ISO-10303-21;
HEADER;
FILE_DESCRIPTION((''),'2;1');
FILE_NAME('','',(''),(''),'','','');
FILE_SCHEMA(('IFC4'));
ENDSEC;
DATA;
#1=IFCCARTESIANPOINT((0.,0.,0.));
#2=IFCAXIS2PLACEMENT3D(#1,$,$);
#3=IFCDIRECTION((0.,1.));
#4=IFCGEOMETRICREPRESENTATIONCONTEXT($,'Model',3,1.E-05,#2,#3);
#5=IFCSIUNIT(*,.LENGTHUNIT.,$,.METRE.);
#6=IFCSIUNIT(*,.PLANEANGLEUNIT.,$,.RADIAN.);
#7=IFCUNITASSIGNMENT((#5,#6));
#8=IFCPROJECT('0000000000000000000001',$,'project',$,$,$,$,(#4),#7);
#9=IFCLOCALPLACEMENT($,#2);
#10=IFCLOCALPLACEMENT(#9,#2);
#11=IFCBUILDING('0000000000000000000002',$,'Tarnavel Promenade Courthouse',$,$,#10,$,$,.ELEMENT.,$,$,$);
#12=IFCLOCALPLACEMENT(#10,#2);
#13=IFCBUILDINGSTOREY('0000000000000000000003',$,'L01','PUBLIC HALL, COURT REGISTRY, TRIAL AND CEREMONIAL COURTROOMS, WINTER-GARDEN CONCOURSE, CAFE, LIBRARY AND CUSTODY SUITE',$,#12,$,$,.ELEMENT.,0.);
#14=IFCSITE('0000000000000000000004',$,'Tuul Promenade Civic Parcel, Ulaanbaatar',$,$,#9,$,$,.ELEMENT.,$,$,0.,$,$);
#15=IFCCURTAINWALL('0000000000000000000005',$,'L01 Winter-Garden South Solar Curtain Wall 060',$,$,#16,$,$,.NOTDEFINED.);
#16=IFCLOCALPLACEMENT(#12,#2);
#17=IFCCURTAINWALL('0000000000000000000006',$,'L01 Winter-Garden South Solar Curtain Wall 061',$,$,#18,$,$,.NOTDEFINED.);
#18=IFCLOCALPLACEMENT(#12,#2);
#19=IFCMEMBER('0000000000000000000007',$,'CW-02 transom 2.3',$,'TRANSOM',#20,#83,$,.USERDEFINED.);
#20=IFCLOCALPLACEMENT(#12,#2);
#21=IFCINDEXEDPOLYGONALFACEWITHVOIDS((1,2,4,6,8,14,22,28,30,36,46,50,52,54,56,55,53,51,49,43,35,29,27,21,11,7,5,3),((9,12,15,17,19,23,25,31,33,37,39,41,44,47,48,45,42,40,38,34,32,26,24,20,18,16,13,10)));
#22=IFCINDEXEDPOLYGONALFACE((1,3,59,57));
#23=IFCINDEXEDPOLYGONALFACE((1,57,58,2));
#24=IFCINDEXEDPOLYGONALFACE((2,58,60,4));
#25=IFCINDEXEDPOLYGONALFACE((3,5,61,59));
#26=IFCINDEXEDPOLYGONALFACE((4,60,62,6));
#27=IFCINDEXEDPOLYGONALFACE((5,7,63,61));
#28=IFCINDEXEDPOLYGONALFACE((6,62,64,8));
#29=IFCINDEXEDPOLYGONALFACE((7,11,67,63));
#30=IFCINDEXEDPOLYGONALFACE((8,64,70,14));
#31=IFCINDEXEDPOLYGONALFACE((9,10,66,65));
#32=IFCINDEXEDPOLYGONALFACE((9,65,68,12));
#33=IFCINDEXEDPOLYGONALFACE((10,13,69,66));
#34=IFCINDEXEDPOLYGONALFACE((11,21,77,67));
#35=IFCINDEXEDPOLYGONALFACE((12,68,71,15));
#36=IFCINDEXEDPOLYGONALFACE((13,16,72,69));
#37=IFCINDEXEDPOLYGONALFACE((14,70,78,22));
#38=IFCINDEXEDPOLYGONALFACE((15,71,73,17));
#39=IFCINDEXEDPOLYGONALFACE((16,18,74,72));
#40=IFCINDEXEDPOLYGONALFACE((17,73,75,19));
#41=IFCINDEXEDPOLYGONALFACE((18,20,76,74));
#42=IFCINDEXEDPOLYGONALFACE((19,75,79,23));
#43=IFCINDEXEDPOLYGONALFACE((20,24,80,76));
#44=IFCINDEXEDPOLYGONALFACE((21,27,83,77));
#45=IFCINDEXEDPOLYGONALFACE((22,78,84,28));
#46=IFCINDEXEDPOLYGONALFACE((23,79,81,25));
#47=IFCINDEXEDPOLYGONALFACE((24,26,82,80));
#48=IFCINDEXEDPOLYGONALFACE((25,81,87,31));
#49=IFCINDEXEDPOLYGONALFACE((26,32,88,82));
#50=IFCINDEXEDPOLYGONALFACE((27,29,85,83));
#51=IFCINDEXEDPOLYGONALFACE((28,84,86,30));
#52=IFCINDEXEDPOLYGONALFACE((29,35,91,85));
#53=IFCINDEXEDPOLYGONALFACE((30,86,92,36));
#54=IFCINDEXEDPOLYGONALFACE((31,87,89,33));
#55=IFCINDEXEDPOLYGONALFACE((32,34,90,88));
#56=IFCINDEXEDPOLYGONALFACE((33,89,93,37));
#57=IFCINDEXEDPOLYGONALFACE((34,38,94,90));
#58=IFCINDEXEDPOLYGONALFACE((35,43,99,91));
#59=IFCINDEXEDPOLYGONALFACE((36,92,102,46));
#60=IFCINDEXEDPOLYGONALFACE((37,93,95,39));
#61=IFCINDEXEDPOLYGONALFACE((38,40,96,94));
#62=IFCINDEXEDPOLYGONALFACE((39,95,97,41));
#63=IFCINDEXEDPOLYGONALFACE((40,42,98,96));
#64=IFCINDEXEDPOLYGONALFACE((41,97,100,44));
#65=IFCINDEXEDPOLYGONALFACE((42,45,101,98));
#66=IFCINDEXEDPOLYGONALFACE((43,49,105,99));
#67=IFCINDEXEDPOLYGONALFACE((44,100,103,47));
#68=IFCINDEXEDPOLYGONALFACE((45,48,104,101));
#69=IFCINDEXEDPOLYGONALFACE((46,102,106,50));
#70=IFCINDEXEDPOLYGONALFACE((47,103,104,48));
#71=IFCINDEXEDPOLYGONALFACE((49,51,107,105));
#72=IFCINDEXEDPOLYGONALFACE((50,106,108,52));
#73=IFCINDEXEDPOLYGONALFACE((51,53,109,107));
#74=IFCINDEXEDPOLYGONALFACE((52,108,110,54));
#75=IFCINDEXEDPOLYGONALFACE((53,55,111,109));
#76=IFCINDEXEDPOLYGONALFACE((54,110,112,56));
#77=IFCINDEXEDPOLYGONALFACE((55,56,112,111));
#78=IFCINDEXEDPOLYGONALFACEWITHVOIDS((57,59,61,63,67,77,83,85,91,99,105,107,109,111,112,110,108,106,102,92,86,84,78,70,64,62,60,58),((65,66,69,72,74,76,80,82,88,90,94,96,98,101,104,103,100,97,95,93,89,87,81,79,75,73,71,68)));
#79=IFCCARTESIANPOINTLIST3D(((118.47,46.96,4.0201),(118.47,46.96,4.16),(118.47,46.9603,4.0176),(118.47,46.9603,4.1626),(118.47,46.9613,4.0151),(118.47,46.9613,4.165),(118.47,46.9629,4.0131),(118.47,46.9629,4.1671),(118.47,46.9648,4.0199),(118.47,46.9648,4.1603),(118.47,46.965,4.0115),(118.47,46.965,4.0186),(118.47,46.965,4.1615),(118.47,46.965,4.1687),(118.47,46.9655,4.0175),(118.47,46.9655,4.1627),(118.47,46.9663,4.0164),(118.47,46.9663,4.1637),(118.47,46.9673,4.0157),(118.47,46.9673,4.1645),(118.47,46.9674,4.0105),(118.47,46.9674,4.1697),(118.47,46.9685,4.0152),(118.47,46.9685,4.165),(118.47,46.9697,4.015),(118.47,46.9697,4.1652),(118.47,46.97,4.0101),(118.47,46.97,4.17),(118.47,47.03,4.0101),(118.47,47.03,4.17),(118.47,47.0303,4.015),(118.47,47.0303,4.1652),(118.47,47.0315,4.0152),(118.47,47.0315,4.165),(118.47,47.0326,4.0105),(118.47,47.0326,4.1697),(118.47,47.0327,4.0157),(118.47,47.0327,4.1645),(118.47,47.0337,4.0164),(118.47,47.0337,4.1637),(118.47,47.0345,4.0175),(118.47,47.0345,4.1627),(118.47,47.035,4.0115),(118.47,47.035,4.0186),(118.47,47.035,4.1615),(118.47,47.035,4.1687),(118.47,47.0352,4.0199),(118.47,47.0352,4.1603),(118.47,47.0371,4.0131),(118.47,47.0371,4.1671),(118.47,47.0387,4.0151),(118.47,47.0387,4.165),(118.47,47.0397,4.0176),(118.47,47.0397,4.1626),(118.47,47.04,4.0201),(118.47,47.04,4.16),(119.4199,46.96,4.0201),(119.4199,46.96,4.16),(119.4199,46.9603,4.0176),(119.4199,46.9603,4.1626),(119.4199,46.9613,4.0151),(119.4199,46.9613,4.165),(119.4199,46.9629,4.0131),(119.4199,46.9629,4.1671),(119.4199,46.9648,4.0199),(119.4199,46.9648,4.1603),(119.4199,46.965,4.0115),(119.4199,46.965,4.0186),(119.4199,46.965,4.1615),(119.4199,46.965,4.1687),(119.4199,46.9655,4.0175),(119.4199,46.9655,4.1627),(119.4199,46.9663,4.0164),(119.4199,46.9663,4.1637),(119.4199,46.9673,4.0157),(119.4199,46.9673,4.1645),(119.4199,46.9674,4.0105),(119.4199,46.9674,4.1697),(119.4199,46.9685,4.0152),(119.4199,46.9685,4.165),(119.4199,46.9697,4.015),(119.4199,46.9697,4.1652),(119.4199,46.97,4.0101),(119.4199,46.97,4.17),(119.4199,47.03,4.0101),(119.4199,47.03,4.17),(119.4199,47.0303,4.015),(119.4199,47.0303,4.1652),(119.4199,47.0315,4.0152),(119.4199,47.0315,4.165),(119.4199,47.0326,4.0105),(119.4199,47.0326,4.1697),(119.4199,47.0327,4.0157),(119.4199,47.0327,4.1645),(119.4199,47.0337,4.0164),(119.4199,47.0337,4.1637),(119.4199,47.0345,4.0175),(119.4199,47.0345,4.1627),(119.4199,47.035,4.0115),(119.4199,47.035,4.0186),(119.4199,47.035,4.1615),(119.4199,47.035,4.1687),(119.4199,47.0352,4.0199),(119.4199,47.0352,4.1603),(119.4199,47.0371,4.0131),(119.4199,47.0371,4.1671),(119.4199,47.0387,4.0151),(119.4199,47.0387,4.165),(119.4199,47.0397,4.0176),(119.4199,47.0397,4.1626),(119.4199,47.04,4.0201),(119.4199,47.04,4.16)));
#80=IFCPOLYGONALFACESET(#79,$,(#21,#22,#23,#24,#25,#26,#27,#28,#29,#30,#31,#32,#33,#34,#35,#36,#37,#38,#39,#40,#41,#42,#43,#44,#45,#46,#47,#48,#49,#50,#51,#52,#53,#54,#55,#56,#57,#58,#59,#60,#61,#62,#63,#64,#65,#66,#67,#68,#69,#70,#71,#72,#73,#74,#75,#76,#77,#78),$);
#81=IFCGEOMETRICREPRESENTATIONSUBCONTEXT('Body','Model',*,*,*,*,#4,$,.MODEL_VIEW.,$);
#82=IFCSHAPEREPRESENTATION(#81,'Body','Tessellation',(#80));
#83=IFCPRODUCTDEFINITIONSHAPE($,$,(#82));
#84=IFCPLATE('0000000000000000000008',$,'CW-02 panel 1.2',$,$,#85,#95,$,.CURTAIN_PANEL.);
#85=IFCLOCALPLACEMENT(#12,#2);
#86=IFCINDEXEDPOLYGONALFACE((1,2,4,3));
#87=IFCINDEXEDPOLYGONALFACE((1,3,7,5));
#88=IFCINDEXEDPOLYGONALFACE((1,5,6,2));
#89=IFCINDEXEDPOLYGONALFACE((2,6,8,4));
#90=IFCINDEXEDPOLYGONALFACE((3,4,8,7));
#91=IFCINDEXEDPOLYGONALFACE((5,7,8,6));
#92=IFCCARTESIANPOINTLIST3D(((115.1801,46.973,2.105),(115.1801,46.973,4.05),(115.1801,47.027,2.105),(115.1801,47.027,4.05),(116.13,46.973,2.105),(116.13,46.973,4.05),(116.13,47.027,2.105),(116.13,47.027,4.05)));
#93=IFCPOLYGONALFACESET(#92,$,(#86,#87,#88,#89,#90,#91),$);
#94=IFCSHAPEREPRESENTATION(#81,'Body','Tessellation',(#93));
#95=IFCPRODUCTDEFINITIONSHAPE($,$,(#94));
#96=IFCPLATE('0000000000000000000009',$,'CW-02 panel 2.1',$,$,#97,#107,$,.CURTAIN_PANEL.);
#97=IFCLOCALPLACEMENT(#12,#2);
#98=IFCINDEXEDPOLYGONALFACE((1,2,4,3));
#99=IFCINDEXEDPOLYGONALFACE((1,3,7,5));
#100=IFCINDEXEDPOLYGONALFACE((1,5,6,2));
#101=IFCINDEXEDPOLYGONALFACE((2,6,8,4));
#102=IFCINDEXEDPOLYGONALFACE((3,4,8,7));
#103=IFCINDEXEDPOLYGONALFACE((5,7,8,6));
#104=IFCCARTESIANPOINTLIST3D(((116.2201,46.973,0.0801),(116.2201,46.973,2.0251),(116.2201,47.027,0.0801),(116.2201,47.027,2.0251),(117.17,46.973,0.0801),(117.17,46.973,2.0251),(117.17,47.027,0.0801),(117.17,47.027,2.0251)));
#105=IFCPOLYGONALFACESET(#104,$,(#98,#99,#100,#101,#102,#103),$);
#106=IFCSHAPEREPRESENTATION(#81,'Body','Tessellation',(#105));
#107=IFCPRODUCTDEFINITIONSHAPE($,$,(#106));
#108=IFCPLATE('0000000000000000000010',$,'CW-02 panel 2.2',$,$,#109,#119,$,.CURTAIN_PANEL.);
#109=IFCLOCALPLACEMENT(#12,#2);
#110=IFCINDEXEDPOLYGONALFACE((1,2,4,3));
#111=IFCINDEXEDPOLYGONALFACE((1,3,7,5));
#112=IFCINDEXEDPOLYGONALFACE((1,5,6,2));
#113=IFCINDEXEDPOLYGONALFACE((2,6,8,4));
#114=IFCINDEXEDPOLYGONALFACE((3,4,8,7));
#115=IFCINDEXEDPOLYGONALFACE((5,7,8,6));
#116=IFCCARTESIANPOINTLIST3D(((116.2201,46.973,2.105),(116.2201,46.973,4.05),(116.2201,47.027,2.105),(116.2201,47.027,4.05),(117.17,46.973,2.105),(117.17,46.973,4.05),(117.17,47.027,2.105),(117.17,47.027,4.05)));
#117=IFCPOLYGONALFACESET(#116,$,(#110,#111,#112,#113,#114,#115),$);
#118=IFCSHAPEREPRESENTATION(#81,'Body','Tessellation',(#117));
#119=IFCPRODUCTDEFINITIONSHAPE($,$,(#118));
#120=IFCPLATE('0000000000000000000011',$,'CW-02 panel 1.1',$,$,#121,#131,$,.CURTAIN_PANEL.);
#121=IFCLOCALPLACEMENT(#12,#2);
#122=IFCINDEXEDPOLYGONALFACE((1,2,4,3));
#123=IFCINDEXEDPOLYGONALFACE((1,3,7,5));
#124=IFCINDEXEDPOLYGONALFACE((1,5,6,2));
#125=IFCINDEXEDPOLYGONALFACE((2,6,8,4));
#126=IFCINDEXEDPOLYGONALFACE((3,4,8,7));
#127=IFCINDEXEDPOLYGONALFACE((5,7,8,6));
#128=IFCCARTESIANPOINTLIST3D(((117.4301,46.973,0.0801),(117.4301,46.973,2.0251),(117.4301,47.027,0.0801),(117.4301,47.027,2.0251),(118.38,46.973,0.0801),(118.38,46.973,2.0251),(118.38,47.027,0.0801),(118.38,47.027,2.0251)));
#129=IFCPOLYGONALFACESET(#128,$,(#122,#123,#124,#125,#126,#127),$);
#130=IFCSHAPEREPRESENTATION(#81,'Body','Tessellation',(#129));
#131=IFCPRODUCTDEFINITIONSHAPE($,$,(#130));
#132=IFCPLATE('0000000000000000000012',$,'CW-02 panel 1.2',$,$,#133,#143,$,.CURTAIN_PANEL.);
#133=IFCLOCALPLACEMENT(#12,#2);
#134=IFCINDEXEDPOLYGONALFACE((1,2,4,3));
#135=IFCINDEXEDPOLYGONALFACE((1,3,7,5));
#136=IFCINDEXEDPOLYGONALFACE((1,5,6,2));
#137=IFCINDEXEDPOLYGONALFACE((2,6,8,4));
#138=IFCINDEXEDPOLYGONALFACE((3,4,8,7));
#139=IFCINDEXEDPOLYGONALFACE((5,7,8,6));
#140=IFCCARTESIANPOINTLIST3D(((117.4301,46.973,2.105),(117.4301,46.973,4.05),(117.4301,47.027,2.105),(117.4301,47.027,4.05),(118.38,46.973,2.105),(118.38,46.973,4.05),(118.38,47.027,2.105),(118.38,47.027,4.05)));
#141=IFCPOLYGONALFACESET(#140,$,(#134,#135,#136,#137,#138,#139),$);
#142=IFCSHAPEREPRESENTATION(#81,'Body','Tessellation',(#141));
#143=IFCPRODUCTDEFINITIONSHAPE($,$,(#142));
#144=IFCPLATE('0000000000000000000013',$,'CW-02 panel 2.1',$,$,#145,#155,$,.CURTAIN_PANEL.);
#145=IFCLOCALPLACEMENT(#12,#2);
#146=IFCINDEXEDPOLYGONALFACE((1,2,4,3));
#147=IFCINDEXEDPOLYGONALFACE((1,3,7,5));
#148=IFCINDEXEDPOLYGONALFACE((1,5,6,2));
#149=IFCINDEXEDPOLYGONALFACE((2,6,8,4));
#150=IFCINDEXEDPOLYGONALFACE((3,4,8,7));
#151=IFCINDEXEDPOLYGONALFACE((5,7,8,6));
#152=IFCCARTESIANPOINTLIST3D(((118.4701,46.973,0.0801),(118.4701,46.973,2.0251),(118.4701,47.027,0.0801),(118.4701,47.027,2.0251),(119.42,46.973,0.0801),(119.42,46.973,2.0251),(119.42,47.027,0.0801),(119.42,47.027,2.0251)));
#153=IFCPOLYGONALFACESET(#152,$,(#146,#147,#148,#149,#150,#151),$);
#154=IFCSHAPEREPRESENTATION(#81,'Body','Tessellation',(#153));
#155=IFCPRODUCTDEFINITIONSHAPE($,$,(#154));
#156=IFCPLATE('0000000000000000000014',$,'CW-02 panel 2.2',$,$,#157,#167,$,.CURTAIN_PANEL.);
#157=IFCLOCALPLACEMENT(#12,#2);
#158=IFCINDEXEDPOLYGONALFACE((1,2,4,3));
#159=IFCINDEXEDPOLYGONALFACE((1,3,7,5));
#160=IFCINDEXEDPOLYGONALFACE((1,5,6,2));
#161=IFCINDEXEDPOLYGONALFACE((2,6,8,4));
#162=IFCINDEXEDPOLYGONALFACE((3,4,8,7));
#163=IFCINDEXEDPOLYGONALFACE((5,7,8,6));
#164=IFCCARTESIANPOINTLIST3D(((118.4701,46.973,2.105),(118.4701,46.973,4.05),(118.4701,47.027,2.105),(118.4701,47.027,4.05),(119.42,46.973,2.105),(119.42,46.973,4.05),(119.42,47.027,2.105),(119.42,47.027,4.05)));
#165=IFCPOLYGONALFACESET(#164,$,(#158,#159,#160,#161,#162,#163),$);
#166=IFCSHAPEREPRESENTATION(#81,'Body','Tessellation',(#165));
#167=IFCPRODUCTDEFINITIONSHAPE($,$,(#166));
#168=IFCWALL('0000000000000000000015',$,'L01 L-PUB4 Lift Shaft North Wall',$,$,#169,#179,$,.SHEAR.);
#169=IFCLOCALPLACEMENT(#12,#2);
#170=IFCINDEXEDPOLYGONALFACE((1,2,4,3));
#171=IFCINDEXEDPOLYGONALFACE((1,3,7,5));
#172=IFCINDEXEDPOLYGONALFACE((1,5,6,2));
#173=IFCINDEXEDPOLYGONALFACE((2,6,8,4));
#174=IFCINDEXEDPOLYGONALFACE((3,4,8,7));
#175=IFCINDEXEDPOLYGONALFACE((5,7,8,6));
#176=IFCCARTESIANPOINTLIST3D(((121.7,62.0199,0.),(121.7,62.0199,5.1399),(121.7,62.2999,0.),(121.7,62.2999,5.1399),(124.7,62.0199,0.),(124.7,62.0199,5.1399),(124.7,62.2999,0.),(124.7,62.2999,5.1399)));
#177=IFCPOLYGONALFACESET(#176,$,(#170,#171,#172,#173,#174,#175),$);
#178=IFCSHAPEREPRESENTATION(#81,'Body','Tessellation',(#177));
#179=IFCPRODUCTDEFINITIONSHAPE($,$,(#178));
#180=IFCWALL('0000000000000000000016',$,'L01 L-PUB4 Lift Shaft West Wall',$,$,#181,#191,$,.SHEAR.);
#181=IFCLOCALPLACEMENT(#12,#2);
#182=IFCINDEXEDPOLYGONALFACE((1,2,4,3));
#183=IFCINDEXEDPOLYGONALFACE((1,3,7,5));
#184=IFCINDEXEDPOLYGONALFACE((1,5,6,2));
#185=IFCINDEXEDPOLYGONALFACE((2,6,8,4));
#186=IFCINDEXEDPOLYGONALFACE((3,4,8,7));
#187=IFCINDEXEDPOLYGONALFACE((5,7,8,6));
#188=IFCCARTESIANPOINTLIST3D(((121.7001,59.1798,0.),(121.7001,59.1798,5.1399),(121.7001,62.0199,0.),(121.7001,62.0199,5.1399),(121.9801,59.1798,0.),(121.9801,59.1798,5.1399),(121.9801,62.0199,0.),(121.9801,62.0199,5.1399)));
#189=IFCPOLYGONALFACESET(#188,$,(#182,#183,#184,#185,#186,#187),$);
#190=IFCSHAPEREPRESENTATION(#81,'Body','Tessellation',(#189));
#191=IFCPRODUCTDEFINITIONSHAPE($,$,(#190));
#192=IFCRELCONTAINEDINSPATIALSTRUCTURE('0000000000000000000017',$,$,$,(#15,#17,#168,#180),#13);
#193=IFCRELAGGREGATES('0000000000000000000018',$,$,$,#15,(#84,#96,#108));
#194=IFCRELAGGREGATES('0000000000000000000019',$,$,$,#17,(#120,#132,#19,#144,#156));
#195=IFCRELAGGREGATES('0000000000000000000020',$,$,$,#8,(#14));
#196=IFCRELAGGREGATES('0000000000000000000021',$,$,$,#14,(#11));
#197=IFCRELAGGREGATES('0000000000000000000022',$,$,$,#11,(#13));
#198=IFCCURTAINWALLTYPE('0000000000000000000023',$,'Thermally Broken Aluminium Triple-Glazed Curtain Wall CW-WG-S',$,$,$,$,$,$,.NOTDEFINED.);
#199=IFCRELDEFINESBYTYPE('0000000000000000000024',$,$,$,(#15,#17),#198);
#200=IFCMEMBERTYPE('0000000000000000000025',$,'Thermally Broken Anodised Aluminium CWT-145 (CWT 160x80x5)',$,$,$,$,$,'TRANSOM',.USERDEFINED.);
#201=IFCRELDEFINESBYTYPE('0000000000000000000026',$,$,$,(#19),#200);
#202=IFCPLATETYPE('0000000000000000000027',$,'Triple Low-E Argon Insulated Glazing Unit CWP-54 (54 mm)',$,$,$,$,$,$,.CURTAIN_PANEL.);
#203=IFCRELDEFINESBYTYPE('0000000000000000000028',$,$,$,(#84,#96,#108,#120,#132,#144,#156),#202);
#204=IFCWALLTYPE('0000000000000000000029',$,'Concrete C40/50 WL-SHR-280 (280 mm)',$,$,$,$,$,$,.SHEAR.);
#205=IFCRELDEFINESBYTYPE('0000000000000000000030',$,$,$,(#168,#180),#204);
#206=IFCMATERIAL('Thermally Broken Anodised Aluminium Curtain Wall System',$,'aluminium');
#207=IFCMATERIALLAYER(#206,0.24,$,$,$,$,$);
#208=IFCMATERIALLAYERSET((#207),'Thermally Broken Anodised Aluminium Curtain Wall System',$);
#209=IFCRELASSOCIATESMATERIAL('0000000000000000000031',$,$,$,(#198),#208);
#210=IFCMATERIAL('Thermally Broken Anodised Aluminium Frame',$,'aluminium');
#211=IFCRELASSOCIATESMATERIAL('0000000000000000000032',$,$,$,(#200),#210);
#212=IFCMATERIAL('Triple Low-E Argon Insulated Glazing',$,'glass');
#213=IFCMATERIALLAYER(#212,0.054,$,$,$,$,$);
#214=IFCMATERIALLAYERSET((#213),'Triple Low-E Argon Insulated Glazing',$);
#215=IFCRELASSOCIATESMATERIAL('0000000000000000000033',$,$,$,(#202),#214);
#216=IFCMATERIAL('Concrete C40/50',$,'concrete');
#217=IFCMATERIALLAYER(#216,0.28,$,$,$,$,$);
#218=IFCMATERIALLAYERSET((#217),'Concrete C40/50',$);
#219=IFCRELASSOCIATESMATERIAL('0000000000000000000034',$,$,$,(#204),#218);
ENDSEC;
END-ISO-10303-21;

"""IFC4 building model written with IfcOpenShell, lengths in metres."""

from ifc_helpers import new_model, si_unit, direction, frame, frame_2d, origin, origin_2d, place, context, subcontext, project, spatial, rectangle, hollow_rectangle, extrude, material, layer, layer_set, material_profile, profile_set, type_object, element, aggregate, save


model = new_model("IFC4")

# Units and contexts
model_context = context("Model", 3, precision=1e-05, world=origin(), true_north=direction((0.0, 1.0)))
body_context = subcontext(model_context, "Body", "Model", "MODEL_VIEW")
ifc_project = project(units=[si_unit("LENGTHUNIT", "METRE"), si_unit("PLANEANGLEUNIT", "RADIAN")], contexts=[model_context])

# Site, building, storey
site_placement = place(None, origin())
site = spatial("IfcSite", under=ifc_project, at=site_placement, Name="Tuul Promenade Civic Parcel, Ulaanbaatar", CompositionType="ELEMENT", RefElevation=0.0)
building_placement = place(site_placement, origin())
building = spatial("IfcBuilding", under=site, at=building_placement, Name="Tarnavel Promenade Courthouse", CompositionType="ELEMENT")
storey_placement = place(building_placement, origin())
storey = spatial("IfcBuildingStorey", under=building, at=storey_placement, Name="L01", Description="PUBLIC HALL, COURT REGISTRY, TRIAL AND CEREMONIAL COURTROOMS, WINTER-GARDEN CONCOURSE, CAFE, LIBRARY AND CUSTODY SUITE", CompositionType="ELEMENT", Elevation=0.0)

# Shared definitions
ifc_material_1 = material(Name="Concrete C40/50", Category="concrete")

# Curtain walls
ifc_material_2 = material(Name="Thermally Broken Anodised Aluminium Curtain Wall System", Category="aluminium")
ifc_layer_1 = layer(ifc_material_2, 0.24)
ifc_layer_set_1 = layer_set([ifc_layer_1], Name="Thermally Broken Anodised Aluminium Curtain Wall System")
curtain_wall_type = type_object("IfcCurtainWallType", Name="Thermally Broken Aluminium Triple-Glazed Curtain Wall CW-WG-S", PredefinedType="NOTDEFINED", material=ifc_layer_set_1)
curtain_wall_1_placement = place(storey_placement, origin())
curtain_wall_1 = element("IfcCurtainWall", 1, at=curtain_wall_1_placement, inside=storey, type_object=curtain_wall_type, Name="L01 Winter-Garden South Solar Curtain Wall 060", PredefinedType="NOTDEFINED")
ifc_material_3 = material(Name="Thermally Broken Anodised Aluminium Frame", Category="aluminium")
curtain_wall_2_placement = place(storey_placement, origin())
curtain_wall_2 = element("IfcCurtainWall", 2, at=curtain_wall_2_placement, inside=storey, type_object=curtain_wall_type, Name="L01 Winter-Garden South Solar Curtain Wall 061", PredefinedType="NOTDEFINED")

# Member
ifc_material_profile_1 = material_profile(ifc_material_3, hollow_rectangle(XDim=0.0801, YDim=0.1599, WallThickness=0.0049, InnerFilletRadius=0.0049, OuterFilletRadius=0.01, at=origin_2d()), Name="CWT 160x80x5")
ifc_profile_set_1 = profile_set([ifc_material_profile_1], Name="Thermally Broken Anodised Aluminium Frame")
member_type_1 = type_object("IfcMemberType", Name="Thermally Broken Anodised Aluminium CWT-145 (CWT 160x80x5)", ElementType="TRANSOM", PredefinedType="USERDEFINED", material=ifc_profile_set_1)
member_1_placement = place(storey_placement, frame((118.47, 47.0, 4.0901), z_axis=(1.0, 0.0, 0.0), x_axis=(0.0, 1.0, 0.0)))
member_1 = element("IfcMember", 3, at=member_1_placement, type_object=member_type_1, Name="CW-02 transom 2.3", ObjectType="TRANSOM", PredefinedType="USERDEFINED", context=body_context, shape_type="SweptSolid", body=[
    extrude(hollow_rectangle(XDim=0.0801, YDim=0.1599, WallThickness=0.0049, InnerFilletRadius=0.0049, OuterFilletRadius=0.01, at=origin_2d()), origin(), (0.0, 0.0, 1.0), 0.95),
])

# Plates
ifc_material_4 = material(Name="Triple Low-E Argon Insulated Glazing", Category="glass")
ifc_layer_2 = layer(ifc_material_4, 0.054)
ifc_layer_set_2 = layer_set([ifc_layer_2], Name="Triple Low-E Argon Insulated Glazing")
plate_type = type_object("IfcPlateType", Name="Triple Low-E Argon Insulated Glazing Unit CWP-54 (54 mm)", PredefinedType="CURTAIN_PANEL", material=ifc_layer_set_2)
plate_1_placement = place(storey_placement, frame((115.655, 47.0, 2.105), z_axis=(0.0, 0.0, 1.0), x_axis=(1.0, 0.0, 0.0)))
plate_1 = element("IfcPlate", 4, at=plate_1_placement, type_object=plate_type, Name="CW-02 panel 1.2", PredefinedType="CURTAIN_PANEL", context=body_context, shape_type="SweptSolid", body=[
    extrude(rectangle(XDim=0.95, YDim=0.054, at=origin_2d()), origin(), (0.0, 0.0, 1.0), 1.9451),
])
plate_2_placement = place(storey_placement, frame((116.6951, 47.0, 0.0801), z_axis=(0.0, 0.0, 1.0), x_axis=(1.0, 0.0, 0.0)))
plate_2 = element("IfcPlate", 5, at=plate_2_placement, type_object=plate_type, Name="CW-02 panel 2.1", PredefinedType="CURTAIN_PANEL", context=body_context, shape_type="SweptSolid", body=[
    extrude(rectangle(XDim=0.95, YDim=0.054, at=origin_2d()), origin(), (0.0, 0.0, 1.0), 1.9451),
])
plate_3_placement = place(storey_placement, frame((116.6951, 47.0, 2.105), z_axis=(0.0, 0.0, 1.0), x_axis=(1.0, 0.0, 0.0)))
plate_3 = element("IfcPlate", 6, at=plate_3_placement, type_object=plate_type, Name="CW-02 panel 2.2", PredefinedType="CURTAIN_PANEL", context=body_context, shape_type="SweptSolid", body=[
    extrude(rectangle(XDim=0.95, YDim=0.054, at=origin_2d()), origin(), (0.0, 0.0, 1.0), 1.9451),
])
aggregate(curtain_wall_1, [plate_1, plate_2, plate_3])
plate_4_placement = place(storey_placement, frame((117.905, 47.0, 0.0801), z_axis=(0.0, 0.0, 1.0), x_axis=(1.0, 0.0, 0.0)))
plate_4 = element("IfcPlate", 7, at=plate_4_placement, type_object=plate_type, Name="CW-02 panel 1.1", PredefinedType="CURTAIN_PANEL", context=body_context, shape_type="SweptSolid", body=[
    extrude(rectangle(XDim=0.95, YDim=0.054, at=origin_2d()), origin(), (0.0, 0.0, 1.0), 1.9451),
])
plate_5_placement = place(storey_placement, frame((117.905, 47.0, 2.105), z_axis=(0.0, 0.0, 1.0), x_axis=(1.0, 0.0, 0.0)))
plate_5 = element("IfcPlate", 8, at=plate_5_placement, type_object=plate_type, Name="CW-02 panel 1.2", PredefinedType="CURTAIN_PANEL", context=body_context, shape_type="SweptSolid", body=[
    extrude(rectangle(XDim=0.95, YDim=0.054, at=origin_2d()), origin(), (0.0, 0.0, 1.0), 1.9451),
])
plate_6_placement = place(storey_placement, frame((118.9451, 47.0, 0.0801), z_axis=(0.0, 0.0, 1.0), x_axis=(1.0, 0.0, 0.0)))
plate_6 = element("IfcPlate", 9, at=plate_6_placement, type_object=plate_type, Name="CW-02 panel 2.1", PredefinedType="CURTAIN_PANEL", context=body_context, shape_type="SweptSolid", body=[
    extrude(rectangle(XDim=0.95, YDim=0.054, at=origin_2d()), origin(), (0.0, 0.0, 1.0), 1.9451),
])
plate_7_placement = place(storey_placement, frame((118.9451, 47.0, 2.105), z_axis=(0.0, 0.0, 1.0), x_axis=(1.0, 0.0, 0.0)))
plate_7 = element("IfcPlate", 10, at=plate_7_placement, type_object=plate_type, Name="CW-02 panel 2.2", PredefinedType="CURTAIN_PANEL", context=body_context, shape_type="SweptSolid", body=[
    extrude(rectangle(XDim=0.95, YDim=0.054, at=origin_2d()), origin(), (0.0, 0.0, 1.0), 1.9451),
])
aggregate(curtain_wall_2, [plate_4, plate_5, member_1, plate_6, plate_7])

# Walls
ifc_layer_3 = layer(ifc_material_1, 0.28)
ifc_layer_set_3 = layer_set([ifc_layer_3], Name="Concrete C40/50")
wall_type_1 = type_object("IfcWallType", Name="Concrete C40/50 WL-SHR-280 (280 mm)", PredefinedType="SHEAR", material=ifc_layer_set_3)
wall_1_placement = place(storey_placement, frame((121.7, 62.1599, 0.0), z_axis=(0.0, 0.0, 1.0), x_axis=(1.0, 0.0, 0.0)))
element("IfcWall", 11, at=wall_1_placement, inside=storey, type_object=wall_type_1, Name="L01 L-PUB4 Lift Shaft North Wall", PredefinedType="SHEAR", context=body_context, shape_type="SweptSolid", body=[
    extrude(rectangle(XDim=3.0, YDim=0.28, at=frame_2d((1.5, 0.0))), origin(), (0.0, 0.0, 1.0), 5.1399),
])
wall_2_placement = place(storey_placement, frame((121.8401, 59.1799, 0.0), z_axis=(0.0, 0.0, 1.0), x_axis=(0.0, 1.0, 0.0)))
element("IfcWall", 12, at=wall_2_placement, inside=storey, type_object=wall_type_1, Name="L01 L-PUB4 Lift Shaft West Wall", PredefinedType="SHEAR", context=body_context, shape_type="SweptSolid", body=[
    extrude(rectangle(XDim=2.8401, YDim=0.28, at=frame_2d((1.4199, 0.0))), origin(), (0.0, 0.0, 1.0), 5.1399),
])

save(model, "model.ifc")
